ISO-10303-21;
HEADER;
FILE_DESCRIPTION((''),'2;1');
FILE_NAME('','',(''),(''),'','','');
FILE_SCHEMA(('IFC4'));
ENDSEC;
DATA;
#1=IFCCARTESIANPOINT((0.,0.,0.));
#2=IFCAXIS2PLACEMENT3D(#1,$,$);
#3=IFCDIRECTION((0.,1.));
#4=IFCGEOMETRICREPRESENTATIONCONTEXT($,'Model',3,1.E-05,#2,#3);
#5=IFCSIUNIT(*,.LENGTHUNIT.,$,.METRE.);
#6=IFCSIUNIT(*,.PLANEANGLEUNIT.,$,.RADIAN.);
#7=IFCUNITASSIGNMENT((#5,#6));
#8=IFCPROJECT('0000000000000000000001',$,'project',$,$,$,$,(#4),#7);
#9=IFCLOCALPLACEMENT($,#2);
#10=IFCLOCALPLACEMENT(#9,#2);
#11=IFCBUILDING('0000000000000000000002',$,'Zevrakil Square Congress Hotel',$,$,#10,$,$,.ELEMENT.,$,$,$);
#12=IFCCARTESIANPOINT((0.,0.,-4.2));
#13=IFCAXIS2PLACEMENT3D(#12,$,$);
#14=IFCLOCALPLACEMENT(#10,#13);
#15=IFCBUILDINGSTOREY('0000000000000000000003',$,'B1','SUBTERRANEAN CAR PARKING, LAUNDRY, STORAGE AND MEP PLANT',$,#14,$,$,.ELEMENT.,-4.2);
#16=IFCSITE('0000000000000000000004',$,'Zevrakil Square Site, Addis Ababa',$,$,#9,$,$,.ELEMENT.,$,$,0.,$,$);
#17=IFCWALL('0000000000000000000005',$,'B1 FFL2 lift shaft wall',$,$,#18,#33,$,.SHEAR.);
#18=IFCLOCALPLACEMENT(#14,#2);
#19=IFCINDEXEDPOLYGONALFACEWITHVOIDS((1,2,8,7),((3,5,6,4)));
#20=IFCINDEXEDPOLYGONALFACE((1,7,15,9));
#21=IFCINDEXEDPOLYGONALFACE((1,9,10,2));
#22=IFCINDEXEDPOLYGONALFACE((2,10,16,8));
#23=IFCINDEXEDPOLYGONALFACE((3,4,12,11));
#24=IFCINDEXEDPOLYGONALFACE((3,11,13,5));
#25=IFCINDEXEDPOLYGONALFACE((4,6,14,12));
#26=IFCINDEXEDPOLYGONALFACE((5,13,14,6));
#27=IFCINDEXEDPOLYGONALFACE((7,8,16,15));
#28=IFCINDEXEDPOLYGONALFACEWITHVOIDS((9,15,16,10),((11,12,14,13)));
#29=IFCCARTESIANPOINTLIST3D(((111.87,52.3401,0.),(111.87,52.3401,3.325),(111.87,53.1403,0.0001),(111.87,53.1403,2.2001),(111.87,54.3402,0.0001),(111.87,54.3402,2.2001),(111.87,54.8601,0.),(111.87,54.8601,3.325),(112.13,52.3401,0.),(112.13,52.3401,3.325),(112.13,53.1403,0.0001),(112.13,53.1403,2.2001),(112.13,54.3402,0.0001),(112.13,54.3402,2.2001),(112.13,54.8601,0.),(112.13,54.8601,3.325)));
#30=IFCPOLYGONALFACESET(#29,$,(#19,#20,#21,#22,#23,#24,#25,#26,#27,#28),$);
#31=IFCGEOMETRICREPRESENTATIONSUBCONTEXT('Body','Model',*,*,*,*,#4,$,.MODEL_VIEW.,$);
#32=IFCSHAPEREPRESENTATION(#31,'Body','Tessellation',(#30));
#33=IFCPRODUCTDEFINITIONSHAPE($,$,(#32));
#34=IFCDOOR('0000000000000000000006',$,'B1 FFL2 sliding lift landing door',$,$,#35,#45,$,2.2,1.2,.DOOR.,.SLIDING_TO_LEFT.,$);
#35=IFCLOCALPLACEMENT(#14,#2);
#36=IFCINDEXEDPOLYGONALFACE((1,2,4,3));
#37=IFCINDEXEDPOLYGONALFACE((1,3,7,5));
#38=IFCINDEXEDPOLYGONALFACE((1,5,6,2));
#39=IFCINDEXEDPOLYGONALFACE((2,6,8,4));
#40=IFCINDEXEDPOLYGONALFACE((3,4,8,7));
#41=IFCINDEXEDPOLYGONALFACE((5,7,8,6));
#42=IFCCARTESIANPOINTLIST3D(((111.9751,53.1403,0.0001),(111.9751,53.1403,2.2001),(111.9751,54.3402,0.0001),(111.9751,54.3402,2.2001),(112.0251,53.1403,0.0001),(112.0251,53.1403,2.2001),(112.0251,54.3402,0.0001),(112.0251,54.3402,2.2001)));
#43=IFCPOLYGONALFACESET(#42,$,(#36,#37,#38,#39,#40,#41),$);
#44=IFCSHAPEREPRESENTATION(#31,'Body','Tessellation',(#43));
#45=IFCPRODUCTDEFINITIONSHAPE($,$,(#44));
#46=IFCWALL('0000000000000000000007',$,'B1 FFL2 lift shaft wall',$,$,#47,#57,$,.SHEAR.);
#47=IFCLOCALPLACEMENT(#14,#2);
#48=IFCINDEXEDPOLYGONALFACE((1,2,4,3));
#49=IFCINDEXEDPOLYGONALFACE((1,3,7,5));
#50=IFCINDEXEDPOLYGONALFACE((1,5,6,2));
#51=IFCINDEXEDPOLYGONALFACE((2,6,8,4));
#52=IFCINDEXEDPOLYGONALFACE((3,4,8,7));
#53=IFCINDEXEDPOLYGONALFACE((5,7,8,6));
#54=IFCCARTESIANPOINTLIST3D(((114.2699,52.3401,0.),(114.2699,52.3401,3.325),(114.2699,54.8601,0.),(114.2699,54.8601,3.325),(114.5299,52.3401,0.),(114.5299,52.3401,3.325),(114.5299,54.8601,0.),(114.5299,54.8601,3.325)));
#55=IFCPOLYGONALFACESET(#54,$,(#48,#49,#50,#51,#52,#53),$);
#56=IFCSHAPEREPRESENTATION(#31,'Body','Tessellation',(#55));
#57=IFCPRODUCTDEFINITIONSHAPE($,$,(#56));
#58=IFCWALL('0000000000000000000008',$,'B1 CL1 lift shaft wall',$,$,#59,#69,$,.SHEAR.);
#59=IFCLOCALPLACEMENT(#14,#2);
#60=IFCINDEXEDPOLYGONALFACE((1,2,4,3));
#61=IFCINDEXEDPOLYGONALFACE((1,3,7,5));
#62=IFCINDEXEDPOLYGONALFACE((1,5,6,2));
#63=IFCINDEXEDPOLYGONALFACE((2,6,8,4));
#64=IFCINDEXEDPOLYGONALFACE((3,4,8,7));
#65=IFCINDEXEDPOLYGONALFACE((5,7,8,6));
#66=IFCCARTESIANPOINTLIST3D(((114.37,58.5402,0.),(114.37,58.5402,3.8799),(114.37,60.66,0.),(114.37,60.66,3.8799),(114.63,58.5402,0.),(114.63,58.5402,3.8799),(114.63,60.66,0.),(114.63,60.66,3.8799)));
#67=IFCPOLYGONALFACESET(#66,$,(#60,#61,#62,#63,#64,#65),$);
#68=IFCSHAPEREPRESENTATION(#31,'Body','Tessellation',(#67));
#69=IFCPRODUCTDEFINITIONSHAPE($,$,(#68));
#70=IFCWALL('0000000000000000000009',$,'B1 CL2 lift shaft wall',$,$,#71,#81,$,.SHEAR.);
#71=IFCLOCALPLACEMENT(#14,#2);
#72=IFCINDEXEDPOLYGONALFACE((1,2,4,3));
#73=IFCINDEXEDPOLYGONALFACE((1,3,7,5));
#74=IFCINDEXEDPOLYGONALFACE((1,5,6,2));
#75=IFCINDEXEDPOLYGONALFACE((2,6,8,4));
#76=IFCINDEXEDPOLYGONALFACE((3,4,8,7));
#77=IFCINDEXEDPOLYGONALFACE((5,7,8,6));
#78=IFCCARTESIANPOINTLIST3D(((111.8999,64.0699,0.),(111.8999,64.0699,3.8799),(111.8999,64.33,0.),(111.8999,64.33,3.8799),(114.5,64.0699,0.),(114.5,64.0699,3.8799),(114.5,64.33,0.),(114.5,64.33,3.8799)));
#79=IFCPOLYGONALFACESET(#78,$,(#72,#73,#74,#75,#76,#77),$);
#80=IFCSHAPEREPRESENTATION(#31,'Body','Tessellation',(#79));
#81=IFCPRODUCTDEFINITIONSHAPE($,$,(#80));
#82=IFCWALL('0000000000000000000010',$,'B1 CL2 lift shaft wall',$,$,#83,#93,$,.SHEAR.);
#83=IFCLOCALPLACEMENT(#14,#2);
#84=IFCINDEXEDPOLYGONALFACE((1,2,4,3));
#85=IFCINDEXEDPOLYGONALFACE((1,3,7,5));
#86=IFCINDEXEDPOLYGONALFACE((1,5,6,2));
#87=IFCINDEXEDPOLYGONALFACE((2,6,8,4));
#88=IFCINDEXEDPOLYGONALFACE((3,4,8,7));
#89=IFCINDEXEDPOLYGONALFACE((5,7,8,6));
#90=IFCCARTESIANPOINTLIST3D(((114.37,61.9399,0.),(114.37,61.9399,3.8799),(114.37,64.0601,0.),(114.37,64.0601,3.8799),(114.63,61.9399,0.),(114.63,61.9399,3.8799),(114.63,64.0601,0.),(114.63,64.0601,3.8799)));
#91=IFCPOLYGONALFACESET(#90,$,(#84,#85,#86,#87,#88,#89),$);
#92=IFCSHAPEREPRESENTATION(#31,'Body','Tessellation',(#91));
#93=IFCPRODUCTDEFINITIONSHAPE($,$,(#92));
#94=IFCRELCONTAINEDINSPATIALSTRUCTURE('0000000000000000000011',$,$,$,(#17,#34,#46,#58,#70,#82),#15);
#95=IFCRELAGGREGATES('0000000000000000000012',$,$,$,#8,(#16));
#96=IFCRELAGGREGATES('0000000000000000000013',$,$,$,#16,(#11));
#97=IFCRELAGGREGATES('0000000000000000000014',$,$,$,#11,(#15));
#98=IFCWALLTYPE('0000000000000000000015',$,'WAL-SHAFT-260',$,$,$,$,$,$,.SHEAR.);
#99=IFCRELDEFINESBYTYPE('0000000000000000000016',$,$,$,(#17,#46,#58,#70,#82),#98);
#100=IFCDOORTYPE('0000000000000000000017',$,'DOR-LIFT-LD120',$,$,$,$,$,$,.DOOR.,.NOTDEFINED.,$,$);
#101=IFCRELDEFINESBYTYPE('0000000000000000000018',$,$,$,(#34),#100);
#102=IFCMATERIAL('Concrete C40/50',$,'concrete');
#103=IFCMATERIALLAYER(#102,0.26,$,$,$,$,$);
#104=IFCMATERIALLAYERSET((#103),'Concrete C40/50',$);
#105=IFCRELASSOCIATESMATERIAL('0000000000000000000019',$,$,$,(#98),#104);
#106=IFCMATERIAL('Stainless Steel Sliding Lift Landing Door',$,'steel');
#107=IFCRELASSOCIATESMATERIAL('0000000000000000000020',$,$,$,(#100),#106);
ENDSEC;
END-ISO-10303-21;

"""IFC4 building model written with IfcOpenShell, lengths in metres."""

from ifc_helpers import new_model, si_unit, direction, frame, frame_2d, origin, place, context, subcontext, project, spatial, rectangle, extrude, material, layer, layer_set, type_object, element, fill, save


model = new_model("IFC4")

# Units and contexts
model_context = context("Model", 3, precision=1e-05, world=origin(), true_north=direction((0.0, 1.0)))
body_context = subcontext(model_context, "Body", "Model", "MODEL_VIEW")
ifc_project = project(units=[si_unit("LENGTHUNIT", "METRE"), si_unit("PLANEANGLEUNIT", "RADIAN")], contexts=[model_context])

# Site, building, storey
site_placement = place(None, origin())
site = spatial("IfcSite", under=ifc_project, at=site_placement, Name="Zevrakil Square Site, Addis Ababa", CompositionType="ELEMENT", RefElevation=0.0)
building_placement = place(site_placement, origin())
building = spatial("IfcBuilding", under=site, at=building_placement, Name="Zevrakil Square Congress Hotel", CompositionType="ELEMENT")
storey_placement = place(building_placement, frame((0.0, 0.0, -4.2)))
storey = spatial("IfcBuildingStorey", under=building, at=storey_placement, Name="B1", Description="SUBTERRANEAN CAR PARKING, LAUNDRY, STORAGE AND MEP PLANT", CompositionType="ELEMENT", Elevation=-4.2)

# Shared definitions
ifc_material_1 = material(Name="Concrete C40/50", Category="concrete")
ifc_layer_1 = layer(ifc_material_1, 0.26)
ifc_layer_set_1 = layer_set([ifc_layer_1], Name="Concrete C40/50")
wall_type_1 = type_object("IfcWallType", Name="WAL-SHAFT-260", PredefinedType="SHEAR", material=ifc_layer_set_1)

# Wall, opening, door
wall_1_placement = place(storey_placement, frame((112.0, 52.3401, 0.0), z_axis=(0.0, 0.0, 1.0), x_axis=(0.0, 1.0, 0.0)))
wall_1 = element("IfcWall", 1, at=wall_1_placement, inside=storey, type_object=wall_type_1, Name="B1 FFL2 lift shaft wall", PredefinedType="SHEAR", context=body_context, shape_type="SweptSolid", body=[
    extrude(rectangle(XDim=2.52, YDim=0.26, at=frame_2d((1.26, 0.0))), origin(), (0.0, 0.0, 1.0), 3.325),
])
opening_placement = place(wall_1_placement, frame((0.8, 0.0, 0.0)))
opening = element("IfcOpeningElement", 2, at=opening_placement, cuts=wall_1, PredefinedType="OPENING", context=body_context, shape_type="SweptSolid", body=[
    extrude(rectangle(XDim=1.2, YDim=2.2, at=frame_2d((0.6001, 1.1001))), frame((0.0, 0.1401, 0.0), z_axis=(0.0, -1.0, 0.0), x_axis=(1.0, 0.0, 0.0)), (0.0, 0.0, 1.0), 0.28),
])
ifc_material_2 = material(Name="Stainless Steel Sliding Lift Landing Door", Category="steel")
door_type = type_object("IfcDoorType", Name="DOR-LIFT-LD120", OperationType="NOTDEFINED", PredefinedType="DOOR", material=ifc_material_2)
door_placement = place(opening_placement, origin())
door = element("IfcDoor", 3, at=door_placement, inside=storey, type_object=door_type, Name="B1 FFL2 sliding lift landing door", OperationType="SLIDING_TO_LEFT", OverallHeight=2.2, OverallWidth=1.2, PredefinedType="DOOR", context=body_context, shape_type="SweptSolid", body=[
    extrude(rectangle(XDim=1.2, YDim=2.2, at=frame_2d((0.6001, 1.1001))), frame((0.0, 0.0249, 0.0), z_axis=(0.0, -1.0, 0.0), x_axis=(1.0, 0.0, 0.0)), (0.0, 0.0, 1.0), 0.05),
])
fill(opening, door)

# Walls
wall_2_placement = place(storey_placement, frame((114.3999, 52.3401, 0.0), z_axis=(0.0, 0.0, 1.0), x_axis=(0.0, 1.0, 0.0)))
element("IfcWall", 4, at=wall_2_placement, inside=storey, type_object=wall_type_1, Name="B1 FFL2 lift shaft wall", PredefinedType="SHEAR", context=body_context, shape_type="SweptSolid", body=[
    extrude(rectangle(XDim=2.52, YDim=0.26, at=frame_2d((1.26, 0.0))), origin(), (0.0, 0.0, 1.0), 3.325),
])
wall_3_placement = place(storey_placement, frame((114.5, 58.54, 0.0), z_axis=(0.0, 0.0, 1.0), x_axis=(0.0, 1.0, 0.0)))
element("IfcWall", 5, at=wall_3_placement, inside=storey, type_object=wall_type_1, Name="B1 CL1 lift shaft wall", PredefinedType="SHEAR", context=body_context, shape_type="SweptSolid", body=[
    extrude(rectangle(XDim=2.1199, YDim=0.26, at=frame_2d((1.0601, 0.0))), origin(), (0.0, 0.0, 1.0), 3.8799),
])
wall_4_placement = place(storey_placement, frame((111.8999, 64.2, 0.0), z_axis=(0.0, 0.0, 1.0), x_axis=(1.0, 0.0, 0.0)))
element("IfcWall", 6, at=wall_4_placement, inside=storey, type_object=wall_type_1, Name="B1 CL2 lift shaft wall", PredefinedType="SHEAR", context=body_context, shape_type="SweptSolid", body=[
    extrude(rectangle(XDim=2.6001, YDim=0.26, at=frame_2d((1.3, 0.0))), origin(), (0.0, 0.0, 1.0), 3.8799),
])
wall_5_placement = place(storey_placement, frame((114.5, 61.9399, 0.0), z_axis=(0.0, 0.0, 1.0), x_axis=(0.0, 1.0, 0.0)))
element("IfcWall", 7, at=wall_5_placement, inside=storey, type_object=wall_type_1, Name="B1 CL2 lift shaft wall", PredefinedType="SHEAR", context=body_context, shape_type="SweptSolid", body=[
    extrude(rectangle(XDim=2.1201, YDim=0.26, at=frame_2d((1.0601, 0.0))), origin(), (0.0, 0.0, 1.0), 3.8799),
])

save(model, "model.ifc")
